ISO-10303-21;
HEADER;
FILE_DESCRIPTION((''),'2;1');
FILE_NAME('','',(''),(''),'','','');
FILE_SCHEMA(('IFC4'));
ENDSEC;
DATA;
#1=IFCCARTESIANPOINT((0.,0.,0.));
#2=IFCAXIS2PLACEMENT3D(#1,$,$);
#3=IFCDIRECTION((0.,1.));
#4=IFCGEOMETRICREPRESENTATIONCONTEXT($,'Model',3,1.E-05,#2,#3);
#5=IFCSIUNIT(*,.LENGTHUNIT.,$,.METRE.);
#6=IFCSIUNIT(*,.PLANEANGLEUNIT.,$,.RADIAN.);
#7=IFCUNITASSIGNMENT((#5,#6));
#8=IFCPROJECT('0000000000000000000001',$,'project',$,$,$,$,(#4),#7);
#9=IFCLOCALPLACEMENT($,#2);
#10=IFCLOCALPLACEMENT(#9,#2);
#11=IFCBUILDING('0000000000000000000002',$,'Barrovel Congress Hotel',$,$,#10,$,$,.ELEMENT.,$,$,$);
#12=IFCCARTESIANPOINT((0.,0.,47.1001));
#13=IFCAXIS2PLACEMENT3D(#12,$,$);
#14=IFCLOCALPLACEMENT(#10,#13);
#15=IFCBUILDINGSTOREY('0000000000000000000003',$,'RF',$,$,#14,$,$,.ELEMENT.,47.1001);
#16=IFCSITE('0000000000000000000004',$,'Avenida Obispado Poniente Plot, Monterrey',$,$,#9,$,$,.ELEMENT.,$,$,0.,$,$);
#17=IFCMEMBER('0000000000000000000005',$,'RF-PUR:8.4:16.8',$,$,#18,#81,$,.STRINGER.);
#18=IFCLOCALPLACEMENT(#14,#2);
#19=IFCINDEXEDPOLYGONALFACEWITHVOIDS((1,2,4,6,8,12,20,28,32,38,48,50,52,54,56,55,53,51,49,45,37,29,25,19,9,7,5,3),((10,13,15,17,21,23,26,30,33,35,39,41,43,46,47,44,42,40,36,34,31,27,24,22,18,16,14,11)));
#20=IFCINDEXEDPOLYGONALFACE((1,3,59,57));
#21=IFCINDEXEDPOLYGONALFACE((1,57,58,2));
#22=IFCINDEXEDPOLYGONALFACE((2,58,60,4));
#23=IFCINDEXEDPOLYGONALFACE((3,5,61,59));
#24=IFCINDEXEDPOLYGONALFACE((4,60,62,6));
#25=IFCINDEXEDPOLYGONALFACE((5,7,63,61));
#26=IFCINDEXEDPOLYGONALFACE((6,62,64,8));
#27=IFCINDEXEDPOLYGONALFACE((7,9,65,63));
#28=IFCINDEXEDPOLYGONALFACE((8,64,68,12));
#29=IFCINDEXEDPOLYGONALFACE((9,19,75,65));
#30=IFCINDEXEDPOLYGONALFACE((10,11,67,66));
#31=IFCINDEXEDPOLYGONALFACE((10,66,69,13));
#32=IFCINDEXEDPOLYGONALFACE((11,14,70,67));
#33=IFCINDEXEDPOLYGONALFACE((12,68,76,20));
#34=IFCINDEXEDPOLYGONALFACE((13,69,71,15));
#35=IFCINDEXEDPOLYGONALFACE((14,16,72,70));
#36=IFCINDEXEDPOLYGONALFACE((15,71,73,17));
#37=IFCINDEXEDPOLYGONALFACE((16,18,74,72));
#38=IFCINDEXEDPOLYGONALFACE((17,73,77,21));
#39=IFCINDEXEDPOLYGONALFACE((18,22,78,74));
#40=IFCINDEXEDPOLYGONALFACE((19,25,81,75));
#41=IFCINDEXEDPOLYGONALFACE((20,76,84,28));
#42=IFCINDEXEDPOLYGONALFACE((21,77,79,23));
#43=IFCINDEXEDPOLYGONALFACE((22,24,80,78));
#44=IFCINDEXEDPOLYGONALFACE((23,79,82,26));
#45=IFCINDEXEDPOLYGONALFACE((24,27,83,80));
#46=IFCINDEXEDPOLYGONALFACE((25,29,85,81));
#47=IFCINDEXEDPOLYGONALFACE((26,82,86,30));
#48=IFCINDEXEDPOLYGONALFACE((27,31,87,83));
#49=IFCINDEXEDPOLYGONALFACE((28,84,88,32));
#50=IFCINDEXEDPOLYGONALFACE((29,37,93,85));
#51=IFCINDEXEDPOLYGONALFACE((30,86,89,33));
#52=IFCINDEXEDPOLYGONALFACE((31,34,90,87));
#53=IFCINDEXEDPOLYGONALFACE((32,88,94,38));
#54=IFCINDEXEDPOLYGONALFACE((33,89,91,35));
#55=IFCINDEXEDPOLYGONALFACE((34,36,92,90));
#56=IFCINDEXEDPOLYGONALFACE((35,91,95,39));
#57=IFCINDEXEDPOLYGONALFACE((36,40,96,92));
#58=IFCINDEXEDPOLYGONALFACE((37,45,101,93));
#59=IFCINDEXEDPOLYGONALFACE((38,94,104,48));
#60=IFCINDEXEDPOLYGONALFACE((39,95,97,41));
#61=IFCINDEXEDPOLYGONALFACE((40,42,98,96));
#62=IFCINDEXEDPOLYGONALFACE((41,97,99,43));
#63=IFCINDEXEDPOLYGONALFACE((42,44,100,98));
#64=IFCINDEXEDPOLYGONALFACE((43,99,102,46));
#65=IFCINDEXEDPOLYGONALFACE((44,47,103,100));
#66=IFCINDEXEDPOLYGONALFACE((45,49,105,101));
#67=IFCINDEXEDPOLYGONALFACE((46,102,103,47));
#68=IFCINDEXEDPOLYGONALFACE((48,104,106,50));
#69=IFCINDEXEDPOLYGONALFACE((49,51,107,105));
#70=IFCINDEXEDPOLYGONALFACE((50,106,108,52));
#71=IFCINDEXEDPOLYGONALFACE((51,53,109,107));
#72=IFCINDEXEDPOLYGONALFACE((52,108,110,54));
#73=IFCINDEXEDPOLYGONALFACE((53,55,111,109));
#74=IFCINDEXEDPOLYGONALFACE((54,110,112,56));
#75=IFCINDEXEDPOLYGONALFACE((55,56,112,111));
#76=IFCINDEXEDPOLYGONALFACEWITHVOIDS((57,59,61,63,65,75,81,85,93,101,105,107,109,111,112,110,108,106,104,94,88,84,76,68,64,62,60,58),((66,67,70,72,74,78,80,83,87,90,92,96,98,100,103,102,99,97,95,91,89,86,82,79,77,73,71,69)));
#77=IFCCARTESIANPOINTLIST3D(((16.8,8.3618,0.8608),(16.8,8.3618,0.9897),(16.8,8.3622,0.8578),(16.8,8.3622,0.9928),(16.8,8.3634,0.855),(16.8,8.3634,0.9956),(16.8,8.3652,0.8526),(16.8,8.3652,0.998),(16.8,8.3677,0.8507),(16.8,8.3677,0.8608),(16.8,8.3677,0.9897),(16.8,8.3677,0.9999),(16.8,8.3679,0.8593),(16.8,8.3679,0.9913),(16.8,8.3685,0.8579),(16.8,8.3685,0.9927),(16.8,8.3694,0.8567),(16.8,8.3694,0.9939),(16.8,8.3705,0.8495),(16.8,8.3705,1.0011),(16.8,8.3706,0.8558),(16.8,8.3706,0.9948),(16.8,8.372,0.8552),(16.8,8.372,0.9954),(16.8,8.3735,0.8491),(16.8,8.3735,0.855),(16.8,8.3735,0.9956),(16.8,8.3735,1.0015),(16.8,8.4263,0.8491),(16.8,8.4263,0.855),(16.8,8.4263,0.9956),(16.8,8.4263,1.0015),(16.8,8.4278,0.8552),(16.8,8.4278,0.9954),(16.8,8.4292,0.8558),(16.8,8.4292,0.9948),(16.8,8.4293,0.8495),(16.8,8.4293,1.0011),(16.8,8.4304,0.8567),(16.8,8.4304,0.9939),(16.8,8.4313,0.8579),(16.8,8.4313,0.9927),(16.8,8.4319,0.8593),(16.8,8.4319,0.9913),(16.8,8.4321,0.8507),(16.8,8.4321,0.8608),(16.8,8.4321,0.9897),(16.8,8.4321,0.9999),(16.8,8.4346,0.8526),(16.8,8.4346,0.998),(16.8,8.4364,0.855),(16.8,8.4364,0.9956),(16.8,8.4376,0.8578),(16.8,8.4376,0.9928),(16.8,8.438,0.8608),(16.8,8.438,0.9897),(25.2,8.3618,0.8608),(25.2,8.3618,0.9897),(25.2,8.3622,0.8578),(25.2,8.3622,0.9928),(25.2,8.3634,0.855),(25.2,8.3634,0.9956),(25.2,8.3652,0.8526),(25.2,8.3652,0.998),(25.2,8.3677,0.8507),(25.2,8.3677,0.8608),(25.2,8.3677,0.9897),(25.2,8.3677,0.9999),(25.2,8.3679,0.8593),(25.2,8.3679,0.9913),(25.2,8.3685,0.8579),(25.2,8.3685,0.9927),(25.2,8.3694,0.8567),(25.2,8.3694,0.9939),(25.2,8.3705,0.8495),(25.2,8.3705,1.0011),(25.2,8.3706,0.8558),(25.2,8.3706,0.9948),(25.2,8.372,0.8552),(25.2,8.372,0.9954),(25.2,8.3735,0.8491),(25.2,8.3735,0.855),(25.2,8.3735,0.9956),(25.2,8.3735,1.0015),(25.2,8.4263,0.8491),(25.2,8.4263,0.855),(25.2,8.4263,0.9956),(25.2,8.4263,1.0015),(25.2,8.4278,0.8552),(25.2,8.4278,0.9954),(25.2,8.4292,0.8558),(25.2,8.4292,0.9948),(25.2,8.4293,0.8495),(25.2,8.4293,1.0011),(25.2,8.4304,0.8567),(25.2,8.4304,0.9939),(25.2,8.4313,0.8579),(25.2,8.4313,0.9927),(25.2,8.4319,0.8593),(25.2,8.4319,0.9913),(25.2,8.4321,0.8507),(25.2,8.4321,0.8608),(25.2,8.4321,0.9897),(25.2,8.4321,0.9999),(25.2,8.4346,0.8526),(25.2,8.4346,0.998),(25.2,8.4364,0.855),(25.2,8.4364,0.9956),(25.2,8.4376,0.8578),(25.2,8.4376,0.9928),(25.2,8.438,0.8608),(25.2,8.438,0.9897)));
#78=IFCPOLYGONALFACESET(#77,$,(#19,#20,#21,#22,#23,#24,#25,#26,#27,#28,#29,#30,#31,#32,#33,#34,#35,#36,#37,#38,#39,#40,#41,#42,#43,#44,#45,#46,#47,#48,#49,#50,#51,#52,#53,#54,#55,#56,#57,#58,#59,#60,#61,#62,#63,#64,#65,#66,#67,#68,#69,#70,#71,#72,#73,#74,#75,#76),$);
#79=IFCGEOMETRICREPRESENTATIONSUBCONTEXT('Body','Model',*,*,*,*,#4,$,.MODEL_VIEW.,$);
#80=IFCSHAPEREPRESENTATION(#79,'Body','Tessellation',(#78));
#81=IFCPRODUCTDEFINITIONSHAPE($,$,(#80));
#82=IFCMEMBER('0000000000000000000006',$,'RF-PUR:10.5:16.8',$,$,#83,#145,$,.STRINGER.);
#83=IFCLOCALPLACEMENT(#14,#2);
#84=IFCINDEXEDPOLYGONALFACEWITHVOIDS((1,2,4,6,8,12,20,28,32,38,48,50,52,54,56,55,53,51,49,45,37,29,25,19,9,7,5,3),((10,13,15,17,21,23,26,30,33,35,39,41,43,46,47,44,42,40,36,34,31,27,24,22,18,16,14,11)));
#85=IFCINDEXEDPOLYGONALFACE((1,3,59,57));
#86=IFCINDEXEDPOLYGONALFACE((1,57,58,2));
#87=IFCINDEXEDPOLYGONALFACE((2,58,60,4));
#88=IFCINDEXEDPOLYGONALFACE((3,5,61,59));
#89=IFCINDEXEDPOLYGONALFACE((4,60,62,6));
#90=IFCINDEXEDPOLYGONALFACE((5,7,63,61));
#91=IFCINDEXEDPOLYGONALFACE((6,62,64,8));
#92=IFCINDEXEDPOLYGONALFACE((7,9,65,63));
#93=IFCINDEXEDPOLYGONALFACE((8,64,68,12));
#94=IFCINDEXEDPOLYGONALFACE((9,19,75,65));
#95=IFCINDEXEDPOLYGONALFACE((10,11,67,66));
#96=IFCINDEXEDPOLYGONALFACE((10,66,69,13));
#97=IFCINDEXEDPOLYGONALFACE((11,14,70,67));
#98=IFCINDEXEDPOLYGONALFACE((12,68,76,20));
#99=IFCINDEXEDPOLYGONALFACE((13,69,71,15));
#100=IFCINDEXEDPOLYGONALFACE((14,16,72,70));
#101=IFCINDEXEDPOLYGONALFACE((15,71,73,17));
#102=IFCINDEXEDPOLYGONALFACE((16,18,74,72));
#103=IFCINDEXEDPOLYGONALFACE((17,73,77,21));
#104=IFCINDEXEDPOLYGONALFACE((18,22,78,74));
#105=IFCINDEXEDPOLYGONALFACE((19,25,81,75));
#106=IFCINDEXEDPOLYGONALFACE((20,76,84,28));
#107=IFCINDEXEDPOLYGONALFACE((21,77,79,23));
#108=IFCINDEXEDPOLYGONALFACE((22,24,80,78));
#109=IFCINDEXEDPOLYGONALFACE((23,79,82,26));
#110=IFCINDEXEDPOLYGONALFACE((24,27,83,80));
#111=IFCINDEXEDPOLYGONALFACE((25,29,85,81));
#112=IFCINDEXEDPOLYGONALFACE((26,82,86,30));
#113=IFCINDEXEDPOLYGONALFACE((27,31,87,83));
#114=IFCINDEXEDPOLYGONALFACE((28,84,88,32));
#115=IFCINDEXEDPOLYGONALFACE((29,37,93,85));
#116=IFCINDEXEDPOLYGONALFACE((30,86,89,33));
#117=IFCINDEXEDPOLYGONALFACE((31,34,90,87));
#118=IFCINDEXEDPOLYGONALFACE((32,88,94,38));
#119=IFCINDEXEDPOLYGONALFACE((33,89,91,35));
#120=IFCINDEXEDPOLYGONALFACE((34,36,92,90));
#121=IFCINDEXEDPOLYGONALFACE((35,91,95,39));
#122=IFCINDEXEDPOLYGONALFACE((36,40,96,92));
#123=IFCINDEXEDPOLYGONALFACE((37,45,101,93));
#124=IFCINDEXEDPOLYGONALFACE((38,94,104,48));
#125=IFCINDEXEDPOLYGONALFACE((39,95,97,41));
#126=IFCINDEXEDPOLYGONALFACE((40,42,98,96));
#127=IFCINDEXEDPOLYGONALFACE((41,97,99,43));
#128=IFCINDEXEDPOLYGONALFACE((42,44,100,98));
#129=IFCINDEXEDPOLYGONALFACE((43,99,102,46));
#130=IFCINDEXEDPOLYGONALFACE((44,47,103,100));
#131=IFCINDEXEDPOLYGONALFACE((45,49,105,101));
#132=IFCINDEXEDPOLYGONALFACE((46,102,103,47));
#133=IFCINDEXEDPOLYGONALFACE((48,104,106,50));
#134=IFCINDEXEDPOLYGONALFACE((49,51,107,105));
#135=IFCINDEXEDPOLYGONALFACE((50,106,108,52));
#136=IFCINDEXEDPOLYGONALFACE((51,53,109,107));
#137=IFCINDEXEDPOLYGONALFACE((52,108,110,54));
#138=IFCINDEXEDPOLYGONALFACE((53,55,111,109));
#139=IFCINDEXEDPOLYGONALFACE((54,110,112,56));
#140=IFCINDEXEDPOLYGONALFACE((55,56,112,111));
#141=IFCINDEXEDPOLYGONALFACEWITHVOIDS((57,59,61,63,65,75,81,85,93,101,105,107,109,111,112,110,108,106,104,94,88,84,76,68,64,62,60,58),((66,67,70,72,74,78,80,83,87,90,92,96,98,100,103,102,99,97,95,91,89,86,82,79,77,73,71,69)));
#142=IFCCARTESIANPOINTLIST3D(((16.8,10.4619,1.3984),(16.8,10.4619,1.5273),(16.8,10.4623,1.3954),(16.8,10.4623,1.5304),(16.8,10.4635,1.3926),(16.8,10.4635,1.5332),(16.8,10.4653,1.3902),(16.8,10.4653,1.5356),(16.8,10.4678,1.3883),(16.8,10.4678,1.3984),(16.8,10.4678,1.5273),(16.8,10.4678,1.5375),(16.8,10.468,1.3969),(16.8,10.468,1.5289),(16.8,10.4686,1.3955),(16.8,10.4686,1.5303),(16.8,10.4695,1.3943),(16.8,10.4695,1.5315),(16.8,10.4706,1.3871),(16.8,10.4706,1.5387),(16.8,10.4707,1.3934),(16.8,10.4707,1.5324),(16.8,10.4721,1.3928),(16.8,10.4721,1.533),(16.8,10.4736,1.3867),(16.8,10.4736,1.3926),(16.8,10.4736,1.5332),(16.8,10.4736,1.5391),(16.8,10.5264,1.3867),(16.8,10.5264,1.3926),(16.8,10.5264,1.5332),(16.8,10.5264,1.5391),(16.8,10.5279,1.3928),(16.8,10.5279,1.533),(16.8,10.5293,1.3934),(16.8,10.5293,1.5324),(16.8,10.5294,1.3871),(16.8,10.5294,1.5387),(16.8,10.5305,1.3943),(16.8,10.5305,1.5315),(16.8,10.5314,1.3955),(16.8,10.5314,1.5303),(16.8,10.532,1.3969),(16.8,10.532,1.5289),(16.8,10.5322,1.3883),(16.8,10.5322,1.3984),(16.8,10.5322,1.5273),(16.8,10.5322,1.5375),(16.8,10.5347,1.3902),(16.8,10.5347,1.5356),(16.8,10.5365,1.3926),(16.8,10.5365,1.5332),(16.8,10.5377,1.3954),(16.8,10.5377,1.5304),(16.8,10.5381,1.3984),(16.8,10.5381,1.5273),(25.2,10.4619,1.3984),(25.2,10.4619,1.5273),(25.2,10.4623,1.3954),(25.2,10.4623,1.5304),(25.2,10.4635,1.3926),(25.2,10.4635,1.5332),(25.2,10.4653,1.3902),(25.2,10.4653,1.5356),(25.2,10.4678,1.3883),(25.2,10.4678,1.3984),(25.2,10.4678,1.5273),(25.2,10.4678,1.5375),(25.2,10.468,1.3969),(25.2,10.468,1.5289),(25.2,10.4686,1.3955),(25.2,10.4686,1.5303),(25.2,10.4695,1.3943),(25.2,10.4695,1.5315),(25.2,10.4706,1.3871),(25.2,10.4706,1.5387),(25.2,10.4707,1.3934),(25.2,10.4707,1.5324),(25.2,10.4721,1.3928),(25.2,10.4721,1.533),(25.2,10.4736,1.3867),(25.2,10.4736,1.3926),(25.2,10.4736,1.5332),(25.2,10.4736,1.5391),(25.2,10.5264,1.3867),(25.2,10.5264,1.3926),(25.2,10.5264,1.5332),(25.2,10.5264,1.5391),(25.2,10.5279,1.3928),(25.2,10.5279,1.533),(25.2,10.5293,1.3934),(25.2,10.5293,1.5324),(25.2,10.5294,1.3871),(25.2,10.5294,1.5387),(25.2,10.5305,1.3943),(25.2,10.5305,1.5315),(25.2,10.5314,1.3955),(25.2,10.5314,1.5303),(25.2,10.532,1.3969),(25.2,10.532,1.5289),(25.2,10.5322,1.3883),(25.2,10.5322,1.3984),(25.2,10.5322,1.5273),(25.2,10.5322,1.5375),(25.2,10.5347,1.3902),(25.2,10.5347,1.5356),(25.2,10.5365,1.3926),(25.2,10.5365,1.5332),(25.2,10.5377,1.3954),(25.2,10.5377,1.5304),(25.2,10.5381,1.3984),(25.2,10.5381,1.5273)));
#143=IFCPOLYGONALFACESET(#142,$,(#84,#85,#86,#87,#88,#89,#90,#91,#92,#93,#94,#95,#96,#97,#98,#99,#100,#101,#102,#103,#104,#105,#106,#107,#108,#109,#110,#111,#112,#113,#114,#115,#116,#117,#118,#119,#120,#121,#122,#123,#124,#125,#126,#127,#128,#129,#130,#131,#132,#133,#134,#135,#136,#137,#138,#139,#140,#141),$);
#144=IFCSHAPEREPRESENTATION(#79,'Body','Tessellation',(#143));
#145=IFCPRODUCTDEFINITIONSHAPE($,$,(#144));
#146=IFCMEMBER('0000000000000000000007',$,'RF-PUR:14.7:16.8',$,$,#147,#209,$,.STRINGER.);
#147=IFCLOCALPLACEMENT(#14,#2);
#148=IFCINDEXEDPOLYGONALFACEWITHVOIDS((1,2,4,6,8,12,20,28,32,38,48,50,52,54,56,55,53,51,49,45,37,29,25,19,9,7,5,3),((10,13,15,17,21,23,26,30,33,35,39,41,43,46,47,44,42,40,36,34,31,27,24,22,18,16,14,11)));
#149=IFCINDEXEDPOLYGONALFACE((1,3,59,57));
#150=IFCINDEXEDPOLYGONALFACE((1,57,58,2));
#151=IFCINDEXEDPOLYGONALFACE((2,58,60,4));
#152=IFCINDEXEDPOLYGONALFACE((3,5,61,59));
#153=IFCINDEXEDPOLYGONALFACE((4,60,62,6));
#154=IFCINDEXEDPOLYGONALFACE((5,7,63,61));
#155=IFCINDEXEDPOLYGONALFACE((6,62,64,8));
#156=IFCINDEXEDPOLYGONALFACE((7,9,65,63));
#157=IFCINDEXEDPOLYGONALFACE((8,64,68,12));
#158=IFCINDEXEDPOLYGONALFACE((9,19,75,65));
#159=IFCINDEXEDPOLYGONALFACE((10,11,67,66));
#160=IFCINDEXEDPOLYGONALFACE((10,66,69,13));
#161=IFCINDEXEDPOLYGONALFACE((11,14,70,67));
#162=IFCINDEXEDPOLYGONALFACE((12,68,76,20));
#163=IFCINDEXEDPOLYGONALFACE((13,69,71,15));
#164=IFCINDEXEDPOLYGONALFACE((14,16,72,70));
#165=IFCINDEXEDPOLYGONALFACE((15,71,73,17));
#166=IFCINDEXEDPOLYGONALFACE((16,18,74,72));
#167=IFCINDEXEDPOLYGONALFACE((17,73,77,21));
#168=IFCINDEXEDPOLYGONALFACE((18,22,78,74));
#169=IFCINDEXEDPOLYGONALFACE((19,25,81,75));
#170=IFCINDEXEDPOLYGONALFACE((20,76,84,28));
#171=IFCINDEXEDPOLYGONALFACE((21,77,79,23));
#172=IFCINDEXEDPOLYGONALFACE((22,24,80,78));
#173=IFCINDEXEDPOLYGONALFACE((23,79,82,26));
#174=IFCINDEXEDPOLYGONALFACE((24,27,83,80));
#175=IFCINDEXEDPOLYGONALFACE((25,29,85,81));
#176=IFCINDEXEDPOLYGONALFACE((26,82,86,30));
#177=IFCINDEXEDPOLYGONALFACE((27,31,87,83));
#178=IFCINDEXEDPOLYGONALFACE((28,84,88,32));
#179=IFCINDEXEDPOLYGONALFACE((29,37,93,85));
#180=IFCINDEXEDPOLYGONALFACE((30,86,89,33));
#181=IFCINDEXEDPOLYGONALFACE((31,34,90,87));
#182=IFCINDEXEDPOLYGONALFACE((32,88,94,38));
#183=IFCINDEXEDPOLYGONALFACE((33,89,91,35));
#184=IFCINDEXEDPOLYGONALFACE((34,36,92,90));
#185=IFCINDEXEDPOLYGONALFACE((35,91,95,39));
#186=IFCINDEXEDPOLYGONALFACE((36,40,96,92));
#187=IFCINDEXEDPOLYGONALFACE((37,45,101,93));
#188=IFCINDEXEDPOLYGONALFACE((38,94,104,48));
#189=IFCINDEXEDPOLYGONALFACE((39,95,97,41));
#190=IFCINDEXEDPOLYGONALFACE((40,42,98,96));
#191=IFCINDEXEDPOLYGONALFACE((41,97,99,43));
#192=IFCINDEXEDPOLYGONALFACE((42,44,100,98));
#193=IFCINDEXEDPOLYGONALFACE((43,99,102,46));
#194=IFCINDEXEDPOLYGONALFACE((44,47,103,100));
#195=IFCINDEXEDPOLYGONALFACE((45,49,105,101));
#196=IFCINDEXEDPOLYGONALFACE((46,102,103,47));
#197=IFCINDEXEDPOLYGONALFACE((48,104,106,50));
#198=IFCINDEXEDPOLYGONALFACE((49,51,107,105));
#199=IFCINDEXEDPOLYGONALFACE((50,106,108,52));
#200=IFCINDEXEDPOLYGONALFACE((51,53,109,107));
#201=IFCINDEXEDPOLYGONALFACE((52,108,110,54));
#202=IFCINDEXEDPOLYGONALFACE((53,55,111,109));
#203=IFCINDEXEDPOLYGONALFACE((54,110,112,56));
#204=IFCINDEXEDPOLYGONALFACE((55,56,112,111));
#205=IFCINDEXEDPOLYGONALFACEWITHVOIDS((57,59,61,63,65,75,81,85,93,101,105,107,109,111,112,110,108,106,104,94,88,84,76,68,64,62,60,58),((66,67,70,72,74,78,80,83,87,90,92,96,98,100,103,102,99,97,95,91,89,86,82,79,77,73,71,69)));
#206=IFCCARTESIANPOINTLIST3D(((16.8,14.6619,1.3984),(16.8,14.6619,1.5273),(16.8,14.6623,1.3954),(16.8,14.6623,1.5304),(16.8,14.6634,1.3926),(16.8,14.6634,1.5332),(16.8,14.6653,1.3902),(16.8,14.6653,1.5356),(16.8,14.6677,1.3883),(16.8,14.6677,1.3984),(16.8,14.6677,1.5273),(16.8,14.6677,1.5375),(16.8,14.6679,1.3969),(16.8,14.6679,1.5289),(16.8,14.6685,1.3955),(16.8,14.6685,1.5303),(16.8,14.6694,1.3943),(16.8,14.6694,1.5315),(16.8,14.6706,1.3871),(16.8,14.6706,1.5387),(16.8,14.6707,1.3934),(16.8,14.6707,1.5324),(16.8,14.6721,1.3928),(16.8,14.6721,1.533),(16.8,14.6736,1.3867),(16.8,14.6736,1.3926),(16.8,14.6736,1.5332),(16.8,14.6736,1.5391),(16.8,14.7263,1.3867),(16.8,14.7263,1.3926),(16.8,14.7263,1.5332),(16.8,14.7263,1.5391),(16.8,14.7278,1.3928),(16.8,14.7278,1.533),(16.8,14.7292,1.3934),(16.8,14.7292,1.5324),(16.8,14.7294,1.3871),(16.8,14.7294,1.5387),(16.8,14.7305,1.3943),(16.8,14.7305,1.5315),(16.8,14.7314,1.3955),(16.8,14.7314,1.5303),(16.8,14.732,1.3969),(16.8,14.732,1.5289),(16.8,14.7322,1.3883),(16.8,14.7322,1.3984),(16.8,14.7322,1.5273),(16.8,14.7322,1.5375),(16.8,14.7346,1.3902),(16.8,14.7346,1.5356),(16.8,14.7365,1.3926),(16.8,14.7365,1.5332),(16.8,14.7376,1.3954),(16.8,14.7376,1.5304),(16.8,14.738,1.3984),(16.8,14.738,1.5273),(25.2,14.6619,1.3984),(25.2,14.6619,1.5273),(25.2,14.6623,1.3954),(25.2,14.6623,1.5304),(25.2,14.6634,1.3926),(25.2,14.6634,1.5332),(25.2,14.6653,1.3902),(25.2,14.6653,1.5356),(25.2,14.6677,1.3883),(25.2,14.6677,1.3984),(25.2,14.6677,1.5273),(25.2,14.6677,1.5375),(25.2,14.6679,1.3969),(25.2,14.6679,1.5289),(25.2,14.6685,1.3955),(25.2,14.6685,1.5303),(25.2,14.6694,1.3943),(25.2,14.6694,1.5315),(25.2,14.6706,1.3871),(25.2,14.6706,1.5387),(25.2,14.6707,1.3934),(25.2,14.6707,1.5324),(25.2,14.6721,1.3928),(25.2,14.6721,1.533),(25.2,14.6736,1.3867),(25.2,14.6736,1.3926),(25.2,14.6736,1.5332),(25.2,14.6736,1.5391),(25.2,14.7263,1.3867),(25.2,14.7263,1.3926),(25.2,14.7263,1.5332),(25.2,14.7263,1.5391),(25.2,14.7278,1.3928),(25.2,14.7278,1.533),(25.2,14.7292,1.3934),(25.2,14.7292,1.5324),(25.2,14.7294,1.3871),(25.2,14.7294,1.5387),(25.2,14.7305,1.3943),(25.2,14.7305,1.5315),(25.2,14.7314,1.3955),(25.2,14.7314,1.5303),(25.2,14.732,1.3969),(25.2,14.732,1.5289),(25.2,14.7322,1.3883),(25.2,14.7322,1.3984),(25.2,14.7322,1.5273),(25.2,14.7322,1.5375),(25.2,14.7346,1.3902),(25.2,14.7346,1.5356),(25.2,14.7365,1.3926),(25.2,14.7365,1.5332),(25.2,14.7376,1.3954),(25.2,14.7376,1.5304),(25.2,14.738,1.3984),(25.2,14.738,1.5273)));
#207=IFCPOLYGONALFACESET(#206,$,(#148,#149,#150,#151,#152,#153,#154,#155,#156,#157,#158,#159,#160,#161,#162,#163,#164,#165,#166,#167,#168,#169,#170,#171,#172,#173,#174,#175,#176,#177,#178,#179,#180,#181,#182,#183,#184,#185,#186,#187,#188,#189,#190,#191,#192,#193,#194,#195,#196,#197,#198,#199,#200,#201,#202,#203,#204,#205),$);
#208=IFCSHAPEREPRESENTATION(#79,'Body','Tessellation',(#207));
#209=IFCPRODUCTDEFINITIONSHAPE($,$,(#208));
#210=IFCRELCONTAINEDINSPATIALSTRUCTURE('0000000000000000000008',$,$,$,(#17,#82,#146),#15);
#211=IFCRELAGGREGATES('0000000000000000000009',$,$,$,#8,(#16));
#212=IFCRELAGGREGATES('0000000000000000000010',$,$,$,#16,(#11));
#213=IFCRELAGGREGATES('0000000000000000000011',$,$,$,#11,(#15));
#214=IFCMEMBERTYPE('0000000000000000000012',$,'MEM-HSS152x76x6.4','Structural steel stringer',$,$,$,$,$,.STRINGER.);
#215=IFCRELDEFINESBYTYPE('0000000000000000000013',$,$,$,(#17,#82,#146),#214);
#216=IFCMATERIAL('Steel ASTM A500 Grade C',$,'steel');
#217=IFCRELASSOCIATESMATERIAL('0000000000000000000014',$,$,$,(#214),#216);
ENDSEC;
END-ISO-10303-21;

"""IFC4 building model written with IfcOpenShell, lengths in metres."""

from ifc_helpers import new_model, si_unit, direction, frame, origin, origin_2d, place, context, subcontext, project, spatial, hollow_rectangle, extrude, material, material_profile, profile_set, type_object, element, save


model = new_model("IFC4")

# Units and contexts
model_context = context("Model", 3, precision=1e-05, world=origin(), true_north=direction((0.0, 1.0)))
body_context = subcontext(model_context, "Body", "Model", "MODEL_VIEW")
ifc_project = project(units=[si_unit("LENGTHUNIT", "METRE"), si_unit("PLANEANGLEUNIT", "RADIAN")], contexts=[model_context])

# Site, building, storey
site_placement = place(None, origin())
site = spatial("IfcSite", under=ifc_project, at=site_placement, Name="Avenida Obispado Poniente Plot, Monterrey", CompositionType="ELEMENT", RefElevation=0.0)
building_placement = place(site_placement, origin())
building = spatial("IfcBuilding", under=site, at=building_placement, Name="Barrovel Congress Hotel", CompositionType="ELEMENT")
storey_placement = place(building_placement, frame((0.0, 0.0, 47.1001)))
storey = spatial("IfcBuildingStorey", under=building, at=storey_placement, Name="RF", CompositionType="ELEMENT", Elevation=47.1001)

# Members
ifc_material_1 = material(Name="Steel ASTM A500 Grade C", Category="steel")
ifc_material_profile_1 = material_profile(ifc_material_1, hollow_rectangle(XDim=0.0762, YDim=0.1523, WallThickness=0.0059, InnerFilletRadius=0.0059, OuterFilletRadius=0.0117, at=origin_2d()), Name="HSS152x76x6.4")
ifc_profile_set_1 = profile_set([ifc_material_profile_1], Name="Steel ASTM A500 Grade C")
member_type_1 = type_object("IfcMemberType", Name="MEM-HSS152x76x6.4", Description="Structural steel stringer", PredefinedType="STRINGER", material=ifc_profile_set_1)
for number, where, z_axis, x_axis, name in (
    (1, (16.8, 8.3999, 0.9253), (1.0, 0.0, 0.0), (0.0, 1.0, 0.0), "RF-PUR:8.4:16.8"),
    (2, (16.8, 10.5, 1.4629), (1.0, 0.0, 0.0), (0.0, 1.0, 0.0), "RF-PUR:10.5:16.8"),
    (3, (16.8, 14.7, 1.4629), (1.0, 0.0, 0.0), (0.0, 1.0, 0.0), "RF-PUR:14.7:16.8"),
):
    element("IfcMember", number, at=place(storey_placement, frame(where, z_axis=z_axis, x_axis=x_axis)), inside=storey, type_object=member_type_1, Name=name, PredefinedType="STRINGER", context=body_context, shape_type="SweptSolid", body=[
        extrude(hollow_rectangle(XDim=0.0762, YDim=0.1523, WallThickness=0.0059, InnerFilletRadius=0.0059, OuterFilletRadius=0.0117, at=origin_2d()), origin(), (0.0, 0.0, 1.0), 8.3999),
    ])

save(model, "model.ifc")
